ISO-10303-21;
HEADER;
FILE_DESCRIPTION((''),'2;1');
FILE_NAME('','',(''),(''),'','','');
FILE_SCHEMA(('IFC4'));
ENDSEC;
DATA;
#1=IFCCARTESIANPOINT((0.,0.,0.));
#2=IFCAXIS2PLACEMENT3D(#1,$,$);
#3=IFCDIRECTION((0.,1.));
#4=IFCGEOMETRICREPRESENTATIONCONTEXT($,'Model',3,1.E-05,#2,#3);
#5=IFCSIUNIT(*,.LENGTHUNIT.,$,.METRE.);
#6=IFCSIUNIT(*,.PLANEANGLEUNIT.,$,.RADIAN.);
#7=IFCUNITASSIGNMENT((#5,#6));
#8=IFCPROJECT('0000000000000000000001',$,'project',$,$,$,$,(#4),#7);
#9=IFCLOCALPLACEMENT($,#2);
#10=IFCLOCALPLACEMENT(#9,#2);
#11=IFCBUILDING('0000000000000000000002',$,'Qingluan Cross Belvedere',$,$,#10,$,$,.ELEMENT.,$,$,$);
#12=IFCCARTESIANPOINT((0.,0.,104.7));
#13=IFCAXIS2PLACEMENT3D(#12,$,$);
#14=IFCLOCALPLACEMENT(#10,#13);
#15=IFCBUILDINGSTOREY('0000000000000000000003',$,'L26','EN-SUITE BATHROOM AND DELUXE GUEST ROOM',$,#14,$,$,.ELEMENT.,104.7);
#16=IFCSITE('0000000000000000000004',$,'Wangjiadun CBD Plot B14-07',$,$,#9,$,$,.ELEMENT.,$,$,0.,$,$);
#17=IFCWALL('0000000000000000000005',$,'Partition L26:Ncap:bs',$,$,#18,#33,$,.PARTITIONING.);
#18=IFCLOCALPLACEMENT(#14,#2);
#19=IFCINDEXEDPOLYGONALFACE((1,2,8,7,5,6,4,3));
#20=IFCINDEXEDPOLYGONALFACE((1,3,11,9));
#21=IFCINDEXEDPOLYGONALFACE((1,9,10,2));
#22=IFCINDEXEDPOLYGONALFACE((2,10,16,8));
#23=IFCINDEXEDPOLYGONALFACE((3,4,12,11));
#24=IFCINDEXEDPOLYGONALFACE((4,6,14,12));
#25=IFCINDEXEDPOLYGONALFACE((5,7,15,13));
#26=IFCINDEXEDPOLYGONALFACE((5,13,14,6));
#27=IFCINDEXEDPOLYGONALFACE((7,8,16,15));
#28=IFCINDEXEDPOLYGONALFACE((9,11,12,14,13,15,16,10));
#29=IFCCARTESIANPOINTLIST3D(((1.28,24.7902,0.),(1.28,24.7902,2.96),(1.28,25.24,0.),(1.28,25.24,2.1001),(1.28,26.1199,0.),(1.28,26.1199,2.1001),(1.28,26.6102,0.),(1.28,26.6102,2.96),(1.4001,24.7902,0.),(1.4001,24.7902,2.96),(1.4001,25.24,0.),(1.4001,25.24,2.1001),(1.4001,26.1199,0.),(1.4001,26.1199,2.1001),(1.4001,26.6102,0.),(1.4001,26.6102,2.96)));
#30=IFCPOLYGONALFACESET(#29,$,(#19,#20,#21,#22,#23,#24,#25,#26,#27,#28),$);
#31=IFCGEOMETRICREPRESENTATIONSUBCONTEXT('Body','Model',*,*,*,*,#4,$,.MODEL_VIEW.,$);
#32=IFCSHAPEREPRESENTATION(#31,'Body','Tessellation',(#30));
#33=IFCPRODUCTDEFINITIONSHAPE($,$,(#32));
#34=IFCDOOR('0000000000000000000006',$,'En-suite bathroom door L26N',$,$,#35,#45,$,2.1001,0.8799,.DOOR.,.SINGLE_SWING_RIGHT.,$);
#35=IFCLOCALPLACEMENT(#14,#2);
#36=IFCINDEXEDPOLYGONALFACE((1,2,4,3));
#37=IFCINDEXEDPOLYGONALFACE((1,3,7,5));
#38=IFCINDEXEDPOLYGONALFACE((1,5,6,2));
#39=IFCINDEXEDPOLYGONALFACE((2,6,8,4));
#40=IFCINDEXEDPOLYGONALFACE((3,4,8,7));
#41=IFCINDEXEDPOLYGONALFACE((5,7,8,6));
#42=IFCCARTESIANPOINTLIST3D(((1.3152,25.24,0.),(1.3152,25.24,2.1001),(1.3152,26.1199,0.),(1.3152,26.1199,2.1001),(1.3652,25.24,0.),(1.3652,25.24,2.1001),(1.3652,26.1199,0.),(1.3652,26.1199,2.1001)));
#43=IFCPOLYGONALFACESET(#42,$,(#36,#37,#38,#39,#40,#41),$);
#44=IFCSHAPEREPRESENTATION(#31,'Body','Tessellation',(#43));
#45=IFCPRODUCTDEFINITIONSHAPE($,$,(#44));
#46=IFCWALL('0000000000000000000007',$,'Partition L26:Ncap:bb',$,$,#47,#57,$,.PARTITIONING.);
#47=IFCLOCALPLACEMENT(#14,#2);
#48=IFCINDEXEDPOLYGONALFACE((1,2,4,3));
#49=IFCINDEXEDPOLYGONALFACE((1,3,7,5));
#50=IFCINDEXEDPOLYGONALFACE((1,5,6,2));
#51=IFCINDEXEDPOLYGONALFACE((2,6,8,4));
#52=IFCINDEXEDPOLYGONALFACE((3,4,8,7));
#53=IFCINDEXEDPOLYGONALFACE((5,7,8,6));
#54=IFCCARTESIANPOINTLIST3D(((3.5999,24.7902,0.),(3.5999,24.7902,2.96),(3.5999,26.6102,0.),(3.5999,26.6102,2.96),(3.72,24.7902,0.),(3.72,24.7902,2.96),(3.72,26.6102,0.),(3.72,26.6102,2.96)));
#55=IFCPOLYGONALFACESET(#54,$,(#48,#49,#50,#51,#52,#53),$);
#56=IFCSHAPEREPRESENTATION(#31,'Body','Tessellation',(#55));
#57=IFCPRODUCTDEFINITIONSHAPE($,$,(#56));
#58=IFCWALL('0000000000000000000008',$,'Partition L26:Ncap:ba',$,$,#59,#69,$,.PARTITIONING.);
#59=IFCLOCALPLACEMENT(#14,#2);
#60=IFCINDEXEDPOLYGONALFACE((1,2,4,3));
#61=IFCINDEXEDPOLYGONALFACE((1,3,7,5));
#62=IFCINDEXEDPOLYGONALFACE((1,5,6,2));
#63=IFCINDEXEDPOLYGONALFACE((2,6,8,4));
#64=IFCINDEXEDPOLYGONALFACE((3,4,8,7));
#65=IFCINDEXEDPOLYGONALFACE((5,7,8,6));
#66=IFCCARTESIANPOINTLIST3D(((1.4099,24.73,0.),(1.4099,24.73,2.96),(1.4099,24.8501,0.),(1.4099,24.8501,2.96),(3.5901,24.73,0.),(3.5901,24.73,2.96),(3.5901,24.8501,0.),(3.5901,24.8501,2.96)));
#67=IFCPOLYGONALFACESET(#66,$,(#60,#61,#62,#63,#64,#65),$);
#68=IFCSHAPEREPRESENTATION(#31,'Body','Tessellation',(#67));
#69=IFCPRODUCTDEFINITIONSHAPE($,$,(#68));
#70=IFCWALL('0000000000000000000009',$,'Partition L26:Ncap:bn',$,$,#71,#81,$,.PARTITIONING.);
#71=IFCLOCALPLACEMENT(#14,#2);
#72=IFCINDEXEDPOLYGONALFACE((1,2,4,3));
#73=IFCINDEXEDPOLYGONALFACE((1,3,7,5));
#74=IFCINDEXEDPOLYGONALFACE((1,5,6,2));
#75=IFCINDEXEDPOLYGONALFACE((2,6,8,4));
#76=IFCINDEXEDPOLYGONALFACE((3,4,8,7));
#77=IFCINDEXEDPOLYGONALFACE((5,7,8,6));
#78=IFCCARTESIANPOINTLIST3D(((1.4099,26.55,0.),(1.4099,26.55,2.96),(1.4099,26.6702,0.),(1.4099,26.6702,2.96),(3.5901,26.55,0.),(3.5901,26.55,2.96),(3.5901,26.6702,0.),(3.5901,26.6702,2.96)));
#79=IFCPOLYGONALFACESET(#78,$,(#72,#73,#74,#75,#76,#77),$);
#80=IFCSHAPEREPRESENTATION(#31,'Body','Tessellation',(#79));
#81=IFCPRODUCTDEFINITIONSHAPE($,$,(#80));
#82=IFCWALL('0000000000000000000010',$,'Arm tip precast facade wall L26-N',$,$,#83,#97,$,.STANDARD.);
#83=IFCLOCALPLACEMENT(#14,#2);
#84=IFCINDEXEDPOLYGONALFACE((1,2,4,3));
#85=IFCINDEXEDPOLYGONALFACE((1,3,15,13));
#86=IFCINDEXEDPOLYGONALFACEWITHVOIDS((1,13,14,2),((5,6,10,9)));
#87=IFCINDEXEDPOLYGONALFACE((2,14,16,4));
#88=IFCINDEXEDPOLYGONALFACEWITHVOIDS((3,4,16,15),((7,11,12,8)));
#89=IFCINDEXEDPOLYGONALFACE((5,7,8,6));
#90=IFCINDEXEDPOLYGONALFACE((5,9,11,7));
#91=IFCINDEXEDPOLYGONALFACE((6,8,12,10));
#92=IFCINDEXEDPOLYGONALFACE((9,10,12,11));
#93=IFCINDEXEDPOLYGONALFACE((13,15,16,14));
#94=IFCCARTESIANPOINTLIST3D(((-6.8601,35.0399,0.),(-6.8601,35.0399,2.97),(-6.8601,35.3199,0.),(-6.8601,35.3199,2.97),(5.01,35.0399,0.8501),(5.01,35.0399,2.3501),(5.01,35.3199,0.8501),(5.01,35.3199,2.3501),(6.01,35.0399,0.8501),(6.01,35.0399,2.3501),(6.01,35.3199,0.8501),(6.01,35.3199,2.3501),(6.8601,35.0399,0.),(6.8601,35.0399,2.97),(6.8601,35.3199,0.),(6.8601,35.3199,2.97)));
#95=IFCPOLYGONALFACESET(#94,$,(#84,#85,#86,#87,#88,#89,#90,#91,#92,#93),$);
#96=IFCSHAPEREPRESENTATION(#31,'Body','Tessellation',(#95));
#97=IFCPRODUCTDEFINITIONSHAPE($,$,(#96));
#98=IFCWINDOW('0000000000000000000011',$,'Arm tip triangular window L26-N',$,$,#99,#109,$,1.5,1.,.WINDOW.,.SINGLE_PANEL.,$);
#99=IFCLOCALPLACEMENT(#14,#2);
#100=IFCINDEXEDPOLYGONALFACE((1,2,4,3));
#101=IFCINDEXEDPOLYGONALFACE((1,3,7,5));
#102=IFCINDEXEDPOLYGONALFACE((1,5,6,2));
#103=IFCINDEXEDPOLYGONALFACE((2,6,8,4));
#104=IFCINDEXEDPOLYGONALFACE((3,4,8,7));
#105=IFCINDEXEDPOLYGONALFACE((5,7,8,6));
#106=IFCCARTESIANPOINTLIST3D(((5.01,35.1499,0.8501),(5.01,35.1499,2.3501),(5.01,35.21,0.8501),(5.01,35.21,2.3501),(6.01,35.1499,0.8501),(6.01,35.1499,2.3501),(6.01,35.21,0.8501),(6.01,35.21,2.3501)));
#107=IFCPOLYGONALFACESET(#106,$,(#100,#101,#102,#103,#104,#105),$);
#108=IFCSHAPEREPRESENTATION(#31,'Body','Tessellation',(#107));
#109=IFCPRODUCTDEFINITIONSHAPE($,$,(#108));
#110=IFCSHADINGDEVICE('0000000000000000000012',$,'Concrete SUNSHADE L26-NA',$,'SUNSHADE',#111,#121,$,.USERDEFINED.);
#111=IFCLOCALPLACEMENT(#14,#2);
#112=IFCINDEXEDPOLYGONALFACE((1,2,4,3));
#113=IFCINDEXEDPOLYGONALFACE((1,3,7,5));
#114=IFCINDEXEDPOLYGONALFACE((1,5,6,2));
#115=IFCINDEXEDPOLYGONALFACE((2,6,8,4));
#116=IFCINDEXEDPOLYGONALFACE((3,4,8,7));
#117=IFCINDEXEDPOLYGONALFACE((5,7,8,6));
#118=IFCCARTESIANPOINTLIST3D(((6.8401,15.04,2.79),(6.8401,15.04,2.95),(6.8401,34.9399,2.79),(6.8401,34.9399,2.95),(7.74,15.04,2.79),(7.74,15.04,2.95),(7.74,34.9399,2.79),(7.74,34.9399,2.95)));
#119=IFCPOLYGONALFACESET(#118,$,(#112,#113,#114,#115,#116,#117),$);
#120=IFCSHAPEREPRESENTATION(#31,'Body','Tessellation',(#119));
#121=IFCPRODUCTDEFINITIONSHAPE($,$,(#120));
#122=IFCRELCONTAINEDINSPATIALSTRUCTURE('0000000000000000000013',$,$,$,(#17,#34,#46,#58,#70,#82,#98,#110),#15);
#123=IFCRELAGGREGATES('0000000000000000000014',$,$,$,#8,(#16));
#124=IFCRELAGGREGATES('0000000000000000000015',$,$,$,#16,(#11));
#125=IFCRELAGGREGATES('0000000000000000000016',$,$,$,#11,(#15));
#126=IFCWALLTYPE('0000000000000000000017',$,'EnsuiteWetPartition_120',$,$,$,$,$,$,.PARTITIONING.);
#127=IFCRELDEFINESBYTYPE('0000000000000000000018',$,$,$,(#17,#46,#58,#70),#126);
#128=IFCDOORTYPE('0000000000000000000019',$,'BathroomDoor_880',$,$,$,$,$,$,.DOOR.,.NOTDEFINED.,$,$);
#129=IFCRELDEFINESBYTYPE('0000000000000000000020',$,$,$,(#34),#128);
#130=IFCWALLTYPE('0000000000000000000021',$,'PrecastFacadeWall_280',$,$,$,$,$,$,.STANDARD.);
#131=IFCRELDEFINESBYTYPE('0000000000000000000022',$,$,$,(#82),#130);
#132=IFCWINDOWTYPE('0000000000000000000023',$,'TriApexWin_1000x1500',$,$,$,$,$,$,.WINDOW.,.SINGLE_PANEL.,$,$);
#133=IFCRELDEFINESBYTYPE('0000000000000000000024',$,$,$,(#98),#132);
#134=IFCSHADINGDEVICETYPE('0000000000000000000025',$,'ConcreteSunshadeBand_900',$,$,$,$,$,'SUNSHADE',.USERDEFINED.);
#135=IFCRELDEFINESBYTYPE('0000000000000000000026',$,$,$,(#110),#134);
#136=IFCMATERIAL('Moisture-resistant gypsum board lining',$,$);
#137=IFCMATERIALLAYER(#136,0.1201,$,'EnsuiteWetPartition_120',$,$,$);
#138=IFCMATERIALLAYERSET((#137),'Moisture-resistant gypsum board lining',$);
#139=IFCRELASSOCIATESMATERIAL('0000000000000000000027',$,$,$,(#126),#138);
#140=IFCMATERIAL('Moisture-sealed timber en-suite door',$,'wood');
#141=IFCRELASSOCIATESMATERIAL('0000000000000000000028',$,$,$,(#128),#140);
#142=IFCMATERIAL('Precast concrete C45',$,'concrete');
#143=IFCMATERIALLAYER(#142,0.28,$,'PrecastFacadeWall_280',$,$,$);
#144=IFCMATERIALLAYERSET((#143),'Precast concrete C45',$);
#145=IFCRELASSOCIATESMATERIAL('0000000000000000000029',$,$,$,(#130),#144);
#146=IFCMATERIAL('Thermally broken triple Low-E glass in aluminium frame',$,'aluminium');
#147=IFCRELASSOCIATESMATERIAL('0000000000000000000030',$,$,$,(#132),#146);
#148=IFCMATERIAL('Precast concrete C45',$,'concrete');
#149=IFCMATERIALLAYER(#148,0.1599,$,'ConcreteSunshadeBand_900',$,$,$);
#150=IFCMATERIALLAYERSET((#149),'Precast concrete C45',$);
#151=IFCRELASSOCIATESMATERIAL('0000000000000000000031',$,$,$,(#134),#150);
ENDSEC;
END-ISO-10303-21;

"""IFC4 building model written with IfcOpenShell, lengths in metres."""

from ifc_helpers import new_model, si_unit, direction, frame, frame_2d, origin, origin_2d, place, context, subcontext, project, spatial, rectangle, extrude, material, layer, layer_set, type_object, element, fill, save


model = new_model("IFC4")

# Units and contexts
model_context = context("Model", 3, precision=1e-05, world=origin(), true_north=direction((0.0, 1.0)))
body_context = subcontext(model_context, "Body", "Model", "MODEL_VIEW")
ifc_project = project(units=[si_unit("LENGTHUNIT", "METRE"), si_unit("PLANEANGLEUNIT", "RADIAN")], contexts=[model_context])

# Site, building, storey
site_placement = place(None, origin())
site = spatial("IfcSite", under=ifc_project, at=site_placement, Name="Wangjiadun CBD Plot B14-07", CompositionType="ELEMENT", RefElevation=0.0)
building_placement = place(site_placement, origin())
building = spatial("IfcBuilding", under=site, at=building_placement, Name="Qingluan Cross Belvedere", CompositionType="ELEMENT")
storey_placement = place(building_placement, frame((0.0, 0.0, 104.7)))
storey = spatial("IfcBuildingStorey", under=building, at=storey_placement, Name="L26", Description="EN-SUITE BATHROOM AND DELUXE GUEST ROOM", CompositionType="ELEMENT", Elevation=104.7)

# Shared definitions
ifc_material_1 = material(Name="Moisture-resistant gypsum board lining")
ifc_layer_1 = layer(ifc_material_1, 0.1201, Name="EnsuiteWetPartition_120")
ifc_layer_set_1 = layer_set([ifc_layer_1], Name="Moisture-resistant gypsum board lining")
wall_type_1 = type_object("IfcWallType", Name="EnsuiteWetPartition_120", PredefinedType="PARTITIONING", material=ifc_layer_set_1)
ifc_material_2 = material(Name="Moisture-sealed timber en-suite door", Category="wood")
door_type = type_object("IfcDoorType", Name="BathroomDoor_880", OperationType="NOTDEFINED", PredefinedType="DOOR", material=ifc_material_2)

# Wall, opening, door
wall_1_placement = place(storey_placement, frame((1.3401, 24.79, 0.0), z_axis=(0.0, 0.0, 1.0), x_axis=(0.0, 1.0, 0.0)))
wall_1 = element("IfcWall", 1, at=wall_1_placement, inside=storey, type_object=wall_type_1, Name="Partition L26:Ncap:bs", PredefinedType="PARTITIONING", context=body_context, shape_type="SweptSolid", body=[
    extrude(rectangle(XDim=1.8201, YDim=0.1201, at=frame_2d((0.9102, 0.0))), origin(), (0.0, 0.0, 1.0), 2.96),
])
opening_1_placement = place(wall_1_placement, frame((0.45, 0.0, 0.0)))
opening_1 = element("IfcOpeningElement", 2, at=opening_1_placement, cuts=wall_1, PredefinedType="OPENING", context=body_context, shape_type="SweptSolid", body=[
    extrude(rectangle(XDim=0.8799, YDim=2.1001, at=frame_2d((0.4399, 1.05))), frame((0.0, 0.0701, 0.0), z_axis=(0.0, -1.0, 0.0), x_axis=(1.0, 0.0, 0.0)), (0.0, 0.0, 1.0), 0.1401),
])
door_1_placement = place(opening_1_placement, origin())
door_1 = element("IfcDoor", 3, at=door_1_placement, inside=storey, type_object=door_type, Name="En-suite bathroom door L26N", OperationType="SINGLE_SWING_RIGHT", OverallHeight=2.1001, OverallWidth=0.8799, PredefinedType="DOOR", context=body_context, shape_type="SweptSolid", body=[
    extrude(rectangle(XDim=0.8799, YDim=2.1001, at=frame_2d((0.4399, 1.05))), frame((0.0, 0.0249, 0.0), z_axis=(0.0, -1.0, 0.0), x_axis=(1.0, 0.0, 0.0)), (0.0, 0.0, 1.0), 0.05),
])
fill(opening_1, door_1)

# Walls
wall_2_placement = place(storey_placement, frame((3.6599, 24.79, 0.0), z_axis=(0.0, 0.0, 1.0), x_axis=(0.0, 1.0, 0.0)))
element("IfcWall", 4, at=wall_2_placement, inside=storey, type_object=wall_type_1, Name="Partition L26:Ncap:bb", PredefinedType="PARTITIONING", context=body_context, shape_type="SweptSolid", body=[
    extrude(rectangle(XDim=1.8201, YDim=0.1201, at=frame_2d((0.9102, 0.0))), origin(), (0.0, 0.0, 1.0), 2.96),
])
for number, where, z_axis, x_axis, name in (
    (5, (1.4099, 24.79, 0.0), (0.0, 0.0, 1.0), (1.0, 0.0, 0.0), "Partition L26:Ncap:ba"),
    (6, (1.4099, 26.6101, 0.0), (0.0, 0.0, 1.0), (1.0, 0.0, 0.0), "Partition L26:Ncap:bn"),
):
    element("IfcWall", number, at=place(storey_placement, frame(where, z_axis=z_axis, x_axis=x_axis)), inside=storey, type_object=wall_type_1, Name=name, PredefinedType="PARTITIONING", context=body_context, shape_type="SweptSolid", body=[
        extrude(rectangle(XDim=2.1802, YDim=0.1201, at=frame_2d((1.0901, 0.0))), origin(), (0.0, 0.0, 1.0), 2.96),
    ])

# Wall, opening, window
ifc_material_3 = material(Name="Precast concrete C45", Category="concrete")
ifc_layer_2 = layer(ifc_material_3, 0.28, Name="PrecastFacadeWall_280")
ifc_layer_set_2 = layer_set([ifc_layer_2], Name="Precast concrete C45")
wall_type_2 = type_object("IfcWallType", Name="PrecastFacadeWall_280", PredefinedType="STANDARD", material=ifc_layer_set_2)
wall_3_placement = place(storey_placement, frame((6.8601, 35.1799, 0.0), z_axis=(0.0, 0.0, 1.0), x_axis=(-1.0, 0.0, 0.0)))
wall_3 = element("IfcWall", 7, at=wall_3_placement, inside=storey, type_object=wall_type_2, Name="Arm tip precast facade wall L26-N", PredefinedType="STANDARD", context=body_context, shape_type="SweptSolid", body=[
    extrude(rectangle(XDim=13.7202, YDim=0.28, at=frame_2d((6.8601, 0.0))), origin(), (0.0, 0.0, 1.0), 2.97),
])
opening_2_placement = place(wall_3_placement, frame((0.8501, 0.0, 0.8501)))
opening_2 = element("IfcOpeningElement", 8, at=opening_2_placement, cuts=wall_3, PredefinedType="OPENING", context=body_context, shape_type="SweptSolid", body=[
    extrude(rectangle(XDim=1.0, YDim=1.5, at=frame_2d((0.5, 0.75))), frame((0.0, 0.1499, 0.0), z_axis=(0.0, -1.0, 0.0), x_axis=(1.0, 0.0, 0.0)), (0.0, 0.0, 1.0), 0.3),
])
ifc_material_4 = material(Name="Thermally broken triple Low-E glass in aluminium frame", Category="aluminium")
window_type = type_object("IfcWindowType", Name="TriApexWin_1000x1500", PartitioningType="SINGLE_PANEL", PredefinedType="WINDOW", material=ifc_material_4)
window_placement = place(opening_2_placement, origin())
window = element("IfcWindow", 9, at=window_placement, inside=storey, type_object=window_type, Name="Arm tip triangular window L26-N", OverallHeight=1.5, OverallWidth=1.0, PartitioningType="SINGLE_PANEL", PredefinedType="WINDOW", context=body_context, shape_type="SweptSolid", body=[
    extrude(rectangle(XDim=1.0, YDim=1.5, at=frame_2d((0.5, 0.75))), frame((0.0, 0.03, 0.0), z_axis=(0.0, -1.0, 0.0), x_axis=(1.0, 0.0, 0.0)), (0.0, 0.0, 1.0), 0.0601),
])
fill(opening_2, window)

# Shading device
ifc_material_5 = material(Name="Precast concrete C45", Category="concrete")
ifc_layer_3 = layer(ifc_material_5, 0.1599, Name="ConcreteSunshadeBand_900")
ifc_layer_set_3 = layer_set([ifc_layer_3], Name="Precast concrete C45")
shading_device_type = type_object("IfcShadingDeviceType", Name="ConcreteSunshadeBand_900", ElementType="SUNSHADE", PredefinedType="USERDEFINED", material=ifc_layer_set_3)
shading_device_placement = place(storey_placement, frame((7.29, 24.99, 2.79), z_axis=(0.0, 0.0, 1.0), x_axis=(0.0, 1.0, 0.0)))
element("IfcShadingDevice", 10, at=shading_device_placement, inside=storey, type_object=shading_device_type, Name="Concrete SUNSHADE L26-NA", ObjectType="SUNSHADE", PredefinedType="USERDEFINED", context=body_context, shape_type="SweptSolid", body=[
    extrude(rectangle(XDim=19.8999, YDim=0.8999, at=origin_2d()), origin(), (0.0, 0.0, 1.0), 0.1599),
])

save(model, "model.ifc")
